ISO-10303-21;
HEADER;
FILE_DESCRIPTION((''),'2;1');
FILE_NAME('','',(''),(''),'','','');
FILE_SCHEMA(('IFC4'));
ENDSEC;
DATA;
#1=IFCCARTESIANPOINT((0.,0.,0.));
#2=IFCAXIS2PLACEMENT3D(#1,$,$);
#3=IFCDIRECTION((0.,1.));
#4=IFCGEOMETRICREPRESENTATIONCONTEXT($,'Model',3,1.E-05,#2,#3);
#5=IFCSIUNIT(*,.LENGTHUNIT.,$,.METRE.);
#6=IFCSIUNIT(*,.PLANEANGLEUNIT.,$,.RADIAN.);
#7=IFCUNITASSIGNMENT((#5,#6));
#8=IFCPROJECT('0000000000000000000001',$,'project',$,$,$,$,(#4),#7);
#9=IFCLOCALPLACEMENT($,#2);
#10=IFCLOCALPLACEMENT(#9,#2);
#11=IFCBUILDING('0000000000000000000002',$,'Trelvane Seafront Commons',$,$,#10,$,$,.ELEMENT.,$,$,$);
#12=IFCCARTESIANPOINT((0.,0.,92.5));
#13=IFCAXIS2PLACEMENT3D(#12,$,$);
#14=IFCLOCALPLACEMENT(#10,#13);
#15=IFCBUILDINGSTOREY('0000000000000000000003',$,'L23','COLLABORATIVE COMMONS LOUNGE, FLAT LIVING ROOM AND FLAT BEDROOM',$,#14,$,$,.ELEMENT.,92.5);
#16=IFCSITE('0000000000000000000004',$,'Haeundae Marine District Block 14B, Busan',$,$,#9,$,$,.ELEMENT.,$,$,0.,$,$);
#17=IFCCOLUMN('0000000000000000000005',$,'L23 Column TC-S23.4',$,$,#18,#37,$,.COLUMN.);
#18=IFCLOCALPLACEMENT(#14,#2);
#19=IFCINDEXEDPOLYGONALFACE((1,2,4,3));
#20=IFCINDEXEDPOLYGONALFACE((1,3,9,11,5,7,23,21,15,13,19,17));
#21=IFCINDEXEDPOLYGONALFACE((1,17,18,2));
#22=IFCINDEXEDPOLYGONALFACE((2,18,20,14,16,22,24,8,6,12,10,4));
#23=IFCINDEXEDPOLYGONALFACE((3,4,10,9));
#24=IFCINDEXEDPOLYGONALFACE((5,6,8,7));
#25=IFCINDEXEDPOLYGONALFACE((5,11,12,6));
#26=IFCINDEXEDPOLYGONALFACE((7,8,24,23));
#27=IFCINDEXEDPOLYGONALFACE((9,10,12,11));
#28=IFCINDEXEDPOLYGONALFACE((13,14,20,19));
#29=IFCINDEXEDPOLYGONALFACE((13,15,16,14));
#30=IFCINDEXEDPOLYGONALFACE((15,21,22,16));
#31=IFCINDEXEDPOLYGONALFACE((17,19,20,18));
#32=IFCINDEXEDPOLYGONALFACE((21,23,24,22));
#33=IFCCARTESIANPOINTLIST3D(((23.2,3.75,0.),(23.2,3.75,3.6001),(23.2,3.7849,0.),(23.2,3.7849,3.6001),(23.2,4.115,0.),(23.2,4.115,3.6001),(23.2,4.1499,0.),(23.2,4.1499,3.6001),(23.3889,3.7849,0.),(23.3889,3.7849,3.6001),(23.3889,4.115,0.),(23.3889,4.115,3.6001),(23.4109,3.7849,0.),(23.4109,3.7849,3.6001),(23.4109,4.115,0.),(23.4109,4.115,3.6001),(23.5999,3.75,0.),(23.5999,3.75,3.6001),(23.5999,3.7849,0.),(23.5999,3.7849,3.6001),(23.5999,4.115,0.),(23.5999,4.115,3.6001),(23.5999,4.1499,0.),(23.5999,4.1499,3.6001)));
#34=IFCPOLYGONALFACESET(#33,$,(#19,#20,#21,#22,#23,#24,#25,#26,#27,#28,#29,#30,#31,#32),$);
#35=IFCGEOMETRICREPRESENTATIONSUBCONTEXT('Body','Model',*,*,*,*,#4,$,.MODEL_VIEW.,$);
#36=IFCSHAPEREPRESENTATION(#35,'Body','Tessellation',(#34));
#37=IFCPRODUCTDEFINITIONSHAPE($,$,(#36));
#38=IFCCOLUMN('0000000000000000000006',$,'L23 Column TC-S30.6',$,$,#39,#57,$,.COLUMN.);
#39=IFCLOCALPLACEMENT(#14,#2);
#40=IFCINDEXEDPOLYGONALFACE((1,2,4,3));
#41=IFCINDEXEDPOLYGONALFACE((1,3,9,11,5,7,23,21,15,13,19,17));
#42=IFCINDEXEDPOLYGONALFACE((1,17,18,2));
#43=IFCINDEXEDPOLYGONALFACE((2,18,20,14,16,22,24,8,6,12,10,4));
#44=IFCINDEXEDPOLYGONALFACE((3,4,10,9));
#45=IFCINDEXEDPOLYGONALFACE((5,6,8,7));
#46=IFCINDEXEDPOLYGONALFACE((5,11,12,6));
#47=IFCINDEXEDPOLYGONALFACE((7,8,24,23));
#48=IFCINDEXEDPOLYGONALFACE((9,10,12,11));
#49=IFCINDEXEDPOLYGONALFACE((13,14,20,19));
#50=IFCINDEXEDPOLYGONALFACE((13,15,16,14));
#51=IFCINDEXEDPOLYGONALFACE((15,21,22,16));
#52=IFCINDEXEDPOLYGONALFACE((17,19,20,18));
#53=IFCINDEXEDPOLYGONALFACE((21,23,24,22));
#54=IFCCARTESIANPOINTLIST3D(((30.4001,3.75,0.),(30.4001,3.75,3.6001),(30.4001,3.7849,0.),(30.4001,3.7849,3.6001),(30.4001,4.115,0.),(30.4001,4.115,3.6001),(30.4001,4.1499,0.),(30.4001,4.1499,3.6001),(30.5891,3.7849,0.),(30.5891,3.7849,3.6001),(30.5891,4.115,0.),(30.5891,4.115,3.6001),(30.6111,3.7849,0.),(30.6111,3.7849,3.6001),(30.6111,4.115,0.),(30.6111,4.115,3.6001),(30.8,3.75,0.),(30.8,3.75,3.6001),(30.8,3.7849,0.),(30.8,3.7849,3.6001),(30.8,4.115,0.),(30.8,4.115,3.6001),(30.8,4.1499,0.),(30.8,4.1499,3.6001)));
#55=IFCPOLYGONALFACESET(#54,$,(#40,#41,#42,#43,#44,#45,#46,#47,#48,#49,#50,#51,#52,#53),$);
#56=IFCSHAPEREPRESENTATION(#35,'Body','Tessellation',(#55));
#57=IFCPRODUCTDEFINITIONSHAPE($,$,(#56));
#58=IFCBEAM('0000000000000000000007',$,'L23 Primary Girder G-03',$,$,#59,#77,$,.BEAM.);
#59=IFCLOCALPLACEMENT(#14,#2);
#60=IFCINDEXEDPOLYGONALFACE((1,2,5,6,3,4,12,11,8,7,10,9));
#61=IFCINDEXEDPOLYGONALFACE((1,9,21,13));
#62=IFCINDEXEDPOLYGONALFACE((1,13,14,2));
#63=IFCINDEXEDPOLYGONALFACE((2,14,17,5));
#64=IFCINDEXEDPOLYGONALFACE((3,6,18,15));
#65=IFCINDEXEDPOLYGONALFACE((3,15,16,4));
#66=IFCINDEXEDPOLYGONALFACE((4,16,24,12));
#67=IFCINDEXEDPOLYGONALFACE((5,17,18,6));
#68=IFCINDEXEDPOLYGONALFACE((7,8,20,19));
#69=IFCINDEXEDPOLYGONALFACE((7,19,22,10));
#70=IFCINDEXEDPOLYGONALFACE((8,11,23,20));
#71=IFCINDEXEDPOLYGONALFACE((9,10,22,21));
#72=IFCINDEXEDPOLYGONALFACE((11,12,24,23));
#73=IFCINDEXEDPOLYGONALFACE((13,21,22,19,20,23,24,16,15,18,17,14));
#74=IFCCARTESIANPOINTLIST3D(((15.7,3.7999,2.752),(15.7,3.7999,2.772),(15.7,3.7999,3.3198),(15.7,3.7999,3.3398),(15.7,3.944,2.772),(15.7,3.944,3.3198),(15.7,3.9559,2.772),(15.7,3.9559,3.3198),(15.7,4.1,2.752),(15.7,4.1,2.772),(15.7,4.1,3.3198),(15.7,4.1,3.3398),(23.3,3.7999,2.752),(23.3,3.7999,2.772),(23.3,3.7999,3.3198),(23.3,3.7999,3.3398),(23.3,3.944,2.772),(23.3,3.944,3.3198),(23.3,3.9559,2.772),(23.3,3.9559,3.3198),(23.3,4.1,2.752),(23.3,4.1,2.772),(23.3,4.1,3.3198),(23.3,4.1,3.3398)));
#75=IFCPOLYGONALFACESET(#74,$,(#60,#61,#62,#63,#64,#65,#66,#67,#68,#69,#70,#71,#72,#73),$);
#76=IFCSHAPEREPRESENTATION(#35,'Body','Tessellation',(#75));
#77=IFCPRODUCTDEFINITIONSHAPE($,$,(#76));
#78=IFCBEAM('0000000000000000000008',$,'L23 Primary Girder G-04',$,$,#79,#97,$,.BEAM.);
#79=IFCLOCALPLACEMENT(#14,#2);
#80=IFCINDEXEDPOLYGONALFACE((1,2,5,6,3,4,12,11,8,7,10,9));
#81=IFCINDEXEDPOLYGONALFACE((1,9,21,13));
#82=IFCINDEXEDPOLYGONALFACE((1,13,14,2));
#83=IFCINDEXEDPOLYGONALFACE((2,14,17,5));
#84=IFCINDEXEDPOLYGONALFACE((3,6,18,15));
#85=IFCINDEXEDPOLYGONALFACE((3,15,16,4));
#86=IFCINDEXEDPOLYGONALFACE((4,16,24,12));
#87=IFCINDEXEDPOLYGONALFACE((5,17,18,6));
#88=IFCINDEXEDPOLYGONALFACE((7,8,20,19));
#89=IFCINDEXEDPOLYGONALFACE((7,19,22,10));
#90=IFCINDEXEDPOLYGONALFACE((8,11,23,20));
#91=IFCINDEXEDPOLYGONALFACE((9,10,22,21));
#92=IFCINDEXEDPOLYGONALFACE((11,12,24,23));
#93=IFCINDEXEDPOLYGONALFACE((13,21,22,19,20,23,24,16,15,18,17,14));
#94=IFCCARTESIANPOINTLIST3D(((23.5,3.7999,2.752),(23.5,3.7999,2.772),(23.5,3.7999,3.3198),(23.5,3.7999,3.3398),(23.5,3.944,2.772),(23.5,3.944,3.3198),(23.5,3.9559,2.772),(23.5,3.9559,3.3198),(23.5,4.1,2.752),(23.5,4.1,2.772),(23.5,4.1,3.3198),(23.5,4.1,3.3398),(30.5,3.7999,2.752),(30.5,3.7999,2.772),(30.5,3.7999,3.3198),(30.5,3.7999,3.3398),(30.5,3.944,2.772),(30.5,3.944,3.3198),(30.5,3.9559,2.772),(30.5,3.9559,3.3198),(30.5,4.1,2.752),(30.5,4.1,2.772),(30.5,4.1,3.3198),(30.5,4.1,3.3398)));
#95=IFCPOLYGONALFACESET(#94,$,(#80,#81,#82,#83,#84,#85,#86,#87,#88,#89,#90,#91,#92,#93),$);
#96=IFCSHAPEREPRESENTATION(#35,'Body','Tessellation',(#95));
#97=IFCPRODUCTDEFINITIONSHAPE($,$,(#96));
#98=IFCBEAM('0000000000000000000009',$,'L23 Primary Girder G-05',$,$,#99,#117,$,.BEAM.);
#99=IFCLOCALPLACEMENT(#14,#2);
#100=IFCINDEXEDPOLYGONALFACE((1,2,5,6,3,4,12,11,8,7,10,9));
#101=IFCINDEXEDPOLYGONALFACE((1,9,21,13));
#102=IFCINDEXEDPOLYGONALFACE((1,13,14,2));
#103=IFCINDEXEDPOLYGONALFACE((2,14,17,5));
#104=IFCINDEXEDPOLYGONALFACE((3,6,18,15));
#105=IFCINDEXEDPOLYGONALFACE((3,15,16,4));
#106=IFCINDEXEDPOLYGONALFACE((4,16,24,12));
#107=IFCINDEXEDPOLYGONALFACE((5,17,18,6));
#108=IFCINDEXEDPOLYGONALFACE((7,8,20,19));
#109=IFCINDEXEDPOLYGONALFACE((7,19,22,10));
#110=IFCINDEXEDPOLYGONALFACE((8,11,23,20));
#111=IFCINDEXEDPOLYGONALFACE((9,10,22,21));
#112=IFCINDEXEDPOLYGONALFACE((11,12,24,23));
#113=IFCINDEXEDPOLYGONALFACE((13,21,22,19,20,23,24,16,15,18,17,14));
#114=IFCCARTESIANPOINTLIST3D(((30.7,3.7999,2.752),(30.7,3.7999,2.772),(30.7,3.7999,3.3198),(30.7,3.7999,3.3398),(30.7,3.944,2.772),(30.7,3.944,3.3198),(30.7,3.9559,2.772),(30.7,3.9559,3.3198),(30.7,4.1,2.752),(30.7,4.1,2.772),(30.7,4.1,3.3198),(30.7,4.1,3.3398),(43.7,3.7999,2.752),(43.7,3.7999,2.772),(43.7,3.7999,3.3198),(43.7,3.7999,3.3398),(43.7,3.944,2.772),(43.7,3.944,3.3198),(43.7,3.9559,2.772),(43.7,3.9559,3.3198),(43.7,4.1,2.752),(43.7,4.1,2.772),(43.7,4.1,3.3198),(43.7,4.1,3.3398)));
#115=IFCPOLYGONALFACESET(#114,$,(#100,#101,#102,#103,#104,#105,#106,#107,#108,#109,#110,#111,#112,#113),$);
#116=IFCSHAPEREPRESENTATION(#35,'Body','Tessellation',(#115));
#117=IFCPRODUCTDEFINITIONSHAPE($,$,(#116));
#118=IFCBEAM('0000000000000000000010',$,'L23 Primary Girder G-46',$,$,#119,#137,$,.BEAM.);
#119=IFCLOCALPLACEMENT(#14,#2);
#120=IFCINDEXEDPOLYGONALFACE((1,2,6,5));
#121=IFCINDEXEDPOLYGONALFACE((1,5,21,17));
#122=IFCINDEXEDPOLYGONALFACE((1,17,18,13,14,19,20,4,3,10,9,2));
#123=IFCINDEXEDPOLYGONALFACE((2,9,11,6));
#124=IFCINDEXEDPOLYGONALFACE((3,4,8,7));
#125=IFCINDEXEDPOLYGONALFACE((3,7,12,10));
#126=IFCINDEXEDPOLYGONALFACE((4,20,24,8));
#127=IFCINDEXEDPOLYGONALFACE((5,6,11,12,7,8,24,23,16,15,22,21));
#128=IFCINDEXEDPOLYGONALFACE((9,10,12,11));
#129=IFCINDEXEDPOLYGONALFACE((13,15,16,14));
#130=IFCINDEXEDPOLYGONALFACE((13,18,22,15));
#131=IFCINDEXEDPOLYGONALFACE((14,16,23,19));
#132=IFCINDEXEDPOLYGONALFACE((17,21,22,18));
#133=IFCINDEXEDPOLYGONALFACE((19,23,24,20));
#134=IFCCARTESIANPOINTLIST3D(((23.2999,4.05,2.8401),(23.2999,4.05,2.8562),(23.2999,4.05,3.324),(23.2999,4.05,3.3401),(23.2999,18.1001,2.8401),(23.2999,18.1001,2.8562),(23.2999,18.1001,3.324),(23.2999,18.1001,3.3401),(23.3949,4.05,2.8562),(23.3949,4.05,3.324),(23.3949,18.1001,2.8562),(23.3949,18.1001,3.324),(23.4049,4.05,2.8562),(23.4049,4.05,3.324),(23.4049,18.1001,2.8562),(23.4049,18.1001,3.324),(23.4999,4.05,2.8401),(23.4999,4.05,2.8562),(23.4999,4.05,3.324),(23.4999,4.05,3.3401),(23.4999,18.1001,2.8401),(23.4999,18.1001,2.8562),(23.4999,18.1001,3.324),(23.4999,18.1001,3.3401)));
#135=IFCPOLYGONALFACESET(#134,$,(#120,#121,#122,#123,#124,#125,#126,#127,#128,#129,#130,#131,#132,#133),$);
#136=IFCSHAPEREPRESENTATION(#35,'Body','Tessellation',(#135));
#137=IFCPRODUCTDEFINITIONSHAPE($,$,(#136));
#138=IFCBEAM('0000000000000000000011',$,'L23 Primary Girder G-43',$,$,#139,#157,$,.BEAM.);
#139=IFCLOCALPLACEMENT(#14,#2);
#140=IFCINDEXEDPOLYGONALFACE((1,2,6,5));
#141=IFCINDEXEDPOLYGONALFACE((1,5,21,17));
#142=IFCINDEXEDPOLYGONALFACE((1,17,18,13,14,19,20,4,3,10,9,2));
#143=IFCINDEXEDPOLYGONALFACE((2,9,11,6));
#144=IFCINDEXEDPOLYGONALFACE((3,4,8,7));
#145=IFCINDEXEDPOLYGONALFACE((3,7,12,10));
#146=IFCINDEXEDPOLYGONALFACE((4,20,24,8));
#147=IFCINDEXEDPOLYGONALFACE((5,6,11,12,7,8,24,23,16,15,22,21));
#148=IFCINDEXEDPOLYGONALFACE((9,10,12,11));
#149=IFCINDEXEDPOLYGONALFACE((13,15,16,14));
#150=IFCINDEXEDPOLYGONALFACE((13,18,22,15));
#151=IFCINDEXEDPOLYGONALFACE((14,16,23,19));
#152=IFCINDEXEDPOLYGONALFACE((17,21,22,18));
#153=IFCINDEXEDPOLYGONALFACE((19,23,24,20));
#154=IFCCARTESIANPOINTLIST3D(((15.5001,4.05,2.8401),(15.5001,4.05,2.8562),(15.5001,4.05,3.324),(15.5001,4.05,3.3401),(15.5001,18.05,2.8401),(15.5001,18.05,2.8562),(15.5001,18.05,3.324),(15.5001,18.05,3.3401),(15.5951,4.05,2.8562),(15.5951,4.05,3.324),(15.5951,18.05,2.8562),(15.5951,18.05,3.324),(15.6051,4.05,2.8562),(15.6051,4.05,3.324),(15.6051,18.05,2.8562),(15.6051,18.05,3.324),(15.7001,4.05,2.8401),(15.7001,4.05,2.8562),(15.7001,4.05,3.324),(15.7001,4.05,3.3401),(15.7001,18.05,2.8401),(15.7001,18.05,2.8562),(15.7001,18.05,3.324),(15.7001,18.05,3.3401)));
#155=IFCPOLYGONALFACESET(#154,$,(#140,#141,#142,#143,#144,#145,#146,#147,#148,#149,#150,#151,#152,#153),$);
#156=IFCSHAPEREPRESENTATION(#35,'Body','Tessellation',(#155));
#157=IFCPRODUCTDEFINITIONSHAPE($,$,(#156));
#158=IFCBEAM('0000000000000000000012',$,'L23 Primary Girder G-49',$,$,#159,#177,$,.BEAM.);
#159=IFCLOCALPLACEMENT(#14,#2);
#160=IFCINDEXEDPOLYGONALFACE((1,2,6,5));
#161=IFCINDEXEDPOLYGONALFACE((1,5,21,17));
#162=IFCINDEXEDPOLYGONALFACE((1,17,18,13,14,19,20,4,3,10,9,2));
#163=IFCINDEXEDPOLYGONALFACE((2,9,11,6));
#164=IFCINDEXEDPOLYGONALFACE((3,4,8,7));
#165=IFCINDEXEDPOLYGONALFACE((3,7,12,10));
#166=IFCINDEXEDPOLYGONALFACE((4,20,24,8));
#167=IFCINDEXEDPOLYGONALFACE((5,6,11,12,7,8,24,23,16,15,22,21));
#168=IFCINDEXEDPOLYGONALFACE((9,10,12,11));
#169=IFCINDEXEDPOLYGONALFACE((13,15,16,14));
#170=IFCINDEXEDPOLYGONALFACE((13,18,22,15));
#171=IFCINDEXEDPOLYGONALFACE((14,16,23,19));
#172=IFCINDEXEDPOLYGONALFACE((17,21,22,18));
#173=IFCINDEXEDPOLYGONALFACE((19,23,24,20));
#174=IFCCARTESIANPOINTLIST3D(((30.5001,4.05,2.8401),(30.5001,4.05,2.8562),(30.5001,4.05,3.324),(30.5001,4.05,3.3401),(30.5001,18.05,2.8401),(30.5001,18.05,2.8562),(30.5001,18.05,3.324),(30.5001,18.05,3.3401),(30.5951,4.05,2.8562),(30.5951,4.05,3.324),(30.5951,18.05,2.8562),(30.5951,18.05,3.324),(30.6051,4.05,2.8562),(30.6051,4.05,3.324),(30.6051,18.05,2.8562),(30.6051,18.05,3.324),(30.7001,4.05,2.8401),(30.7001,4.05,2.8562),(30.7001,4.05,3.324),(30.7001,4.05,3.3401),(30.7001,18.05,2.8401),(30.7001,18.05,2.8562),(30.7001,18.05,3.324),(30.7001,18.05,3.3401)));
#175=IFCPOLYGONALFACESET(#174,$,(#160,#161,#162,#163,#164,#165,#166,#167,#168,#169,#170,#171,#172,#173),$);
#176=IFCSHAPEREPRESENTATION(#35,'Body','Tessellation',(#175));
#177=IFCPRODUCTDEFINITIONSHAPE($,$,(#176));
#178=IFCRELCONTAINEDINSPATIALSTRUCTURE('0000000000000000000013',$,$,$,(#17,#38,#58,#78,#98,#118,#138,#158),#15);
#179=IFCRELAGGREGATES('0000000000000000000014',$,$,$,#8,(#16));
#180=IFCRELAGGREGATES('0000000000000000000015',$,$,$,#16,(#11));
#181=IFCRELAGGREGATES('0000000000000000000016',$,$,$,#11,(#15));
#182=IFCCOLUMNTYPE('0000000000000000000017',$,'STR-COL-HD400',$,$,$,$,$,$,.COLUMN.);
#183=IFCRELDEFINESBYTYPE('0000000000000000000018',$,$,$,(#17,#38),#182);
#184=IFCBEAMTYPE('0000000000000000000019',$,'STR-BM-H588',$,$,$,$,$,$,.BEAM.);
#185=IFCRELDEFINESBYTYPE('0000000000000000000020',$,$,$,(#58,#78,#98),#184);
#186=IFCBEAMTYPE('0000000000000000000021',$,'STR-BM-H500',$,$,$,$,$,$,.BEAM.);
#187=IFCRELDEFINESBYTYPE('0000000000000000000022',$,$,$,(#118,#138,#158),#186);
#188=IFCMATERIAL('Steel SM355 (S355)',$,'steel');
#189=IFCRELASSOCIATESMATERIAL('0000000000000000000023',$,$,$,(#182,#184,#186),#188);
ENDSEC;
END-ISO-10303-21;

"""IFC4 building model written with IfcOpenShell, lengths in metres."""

from ifc_helpers import new_model, si_unit, direction, frame, origin, origin_2d, place, context, subcontext, project, spatial, i_section, extrude, source, transform, mapped, material, material_profile, profile_set, type_object, element, save


model = new_model("IFC4")

# Units and contexts
model_context = context("Model", 3, precision=1e-05, world=origin(), true_north=direction((0.0, 1.0)))
body_context = subcontext(model_context, "Body", "Model", "MODEL_VIEW")
ifc_project = project(units=[si_unit("LENGTHUNIT", "METRE"), si_unit("PLANEANGLEUNIT", "RADIAN")], contexts=[model_context])

# Site, building, storey
site_placement = place(None, origin())
site = spatial("IfcSite", under=ifc_project, at=site_placement, Name="Haeundae Marine District Block 14B, Busan", CompositionType="ELEMENT", RefElevation=0.0)
building_placement = place(site_placement, origin())
building = spatial("IfcBuilding", under=site, at=building_placement, Name="Trelvane Seafront Commons", CompositionType="ELEMENT")
storey_placement = place(building_placement, frame((0.0, 0.0, 92.5)))
storey = spatial("IfcBuildingStorey", under=building, at=storey_placement, Name="L23", Description="COLLABORATIVE COMMONS LOUNGE, FLAT LIVING ROOM AND FLAT BEDROOM", CompositionType="ELEMENT", Elevation=92.5)

# Columns
ifc_material_1 = material(Name="Steel SM355 (S355)", Category="steel")
ifc_material_profile_1 = material_profile(ifc_material_1, i_section(OverallWidth=0.3999, OverallDepth=0.3999, WebThickness=0.022, FlangeThickness=0.0349, at=origin_2d()), Name="HD-400x400x22x35")
ifc_profile_set_1 = profile_set([ifc_material_profile_1], Name="Steel SM355 (S355)")
column_type = type_object("IfcColumnType", Name="STR-COL-HD400", PredefinedType="COLUMN", material=ifc_profile_set_1)
shared_shape_1 = source(origin(), body_context, "Body", "SweptSolid", [
    extrude(i_section(OverallWidth=0.3999, OverallDepth=0.3999, WebThickness=0.022, FlangeThickness=0.0349, at=origin_2d()), origin(), (0.0, 0.0, 1.0), 3.6001),
])
for number, where, z_axis, x_axis, name in (
    (1, (23.3999, 3.95, 0.0), (0.0, 0.0, 1.0), (1.0, 0.0, 0.0), "L23 Column TC-S23.4"),
    (2, (30.6001, 3.95, 0.0), (0.0, 0.0, 1.0), (1.0, 0.0, 0.0), "L23 Column TC-S30.6"),
):
    element("IfcColumn", number, at=place(storey_placement, frame(where, z_axis=z_axis, x_axis=x_axis)), inside=storey, type_object=column_type, Name=name, PredefinedType="COLUMN", context=body_context, shape_type="MappedRepresentation", body=[
        mapped(shared_shape_1, transform((0.0, 0.0, 0.0), x_axis=(1.0, 0.0, 0.0), y_axis=(0.0, 1.0, 0.0), z_axis=(0.0, 0.0, 1.0), scale=1.0)),
    ])

# Beams
ifc_material_profile_2 = material_profile(ifc_material_1, i_section(OverallWidth=0.3, OverallDepth=0.5879, WebThickness=0.012, FlangeThickness=0.02, at=origin_2d()), Name="H-588x300x12x20")
ifc_profile_set_2 = profile_set([ifc_material_profile_2], Name="Steel SM355 (S355)")
beam_type_1 = type_object("IfcBeamType", Name="STR-BM-H588", PredefinedType="BEAM", material=ifc_profile_set_2)
shared_shape_2 = source(origin(), body_context, "Body", "SweptSolid", [
    extrude(i_section(OverallWidth=0.3, OverallDepth=0.5879, WebThickness=0.012, FlangeThickness=0.02, at=origin_2d()), origin(), (0.0, 0.0, 1.0), 7.6001),
])
beam_1_placement = place(storey_placement, frame((15.7, 3.95, 3.0459), z_axis=(1.0, 0.0, 0.0), x_axis=(0.0, 1.0, 0.0)))
element("IfcBeam", 3, at=beam_1_placement, inside=storey, type_object=beam_type_1, Name="L23 Primary Girder G-03", PredefinedType="BEAM", context=body_context, shape_type="MappedRepresentation", body=[
    mapped(shared_shape_2, transform((0.0, 0.0, 0.0), x_axis=(1.0, 0.0, 0.0), y_axis=(0.0, 1.0, 0.0), z_axis=(0.0, 0.0, 1.0), scale=1.0)),
])
shared_shape_3 = source(origin(), body_context, "Body", "SweptSolid", [
    extrude(i_section(OverallWidth=0.3, OverallDepth=0.5879, WebThickness=0.012, FlangeThickness=0.02, at=origin_2d()), origin(), (0.0, 0.0, 1.0), 7.0),
])
beam_2_placement = place(storey_placement, frame((23.5, 3.95, 3.0459), z_axis=(1.0, 0.0, 0.0), x_axis=(0.0, 1.0, 0.0)))
element("IfcBeam", 4, at=beam_2_placement, inside=storey, type_object=beam_type_1, Name="L23 Primary Girder G-04", PredefinedType="BEAM", context=body_context, shape_type="MappedRepresentation", body=[
    mapped(shared_shape_3, transform((0.0, 0.0, 0.0), x_axis=(1.0, 0.0, 0.0), y_axis=(0.0, 1.0, 0.0), z_axis=(0.0, 0.0, 1.0), scale=1.0)),
])
shared_shape_4 = source(origin(), body_context, "Body", "SweptSolid", [
    extrude(i_section(OverallWidth=0.3, OverallDepth=0.5879, WebThickness=0.012, FlangeThickness=0.02, at=origin_2d()), origin(), (0.0, 0.0, 1.0), 13.0),
])
beam_3_placement = place(storey_placement, frame((30.7, 3.95, 3.0459), z_axis=(1.0, 0.0, 0.0), x_axis=(0.0, 1.0, 0.0)))
element("IfcBeam", 5, at=beam_3_placement, inside=storey, type_object=beam_type_1, Name="L23 Primary Girder G-05", PredefinedType="BEAM", context=body_context, shape_type="MappedRepresentation", body=[
    mapped(shared_shape_4, transform((0.0, 0.0, 0.0), x_axis=(1.0, 0.0, 0.0), y_axis=(0.0, 1.0, 0.0), z_axis=(0.0, 0.0, 1.0), scale=1.0)),
])
ifc_material_profile_3 = material_profile(ifc_material_1, i_section(OverallWidth=0.2, OverallDepth=0.5, WebThickness=0.01, FlangeThickness=0.0161, at=origin_2d()), Name="H-500x200x10x16")
ifc_profile_set_3 = profile_set([ifc_material_profile_3], Name="Steel SM355 (S355)")
beam_type_2 = type_object("IfcBeamType", Name="STR-BM-H500", PredefinedType="BEAM", material=ifc_profile_set_3)
shared_shape_5 = source(origin(), body_context, "Body", "SweptSolid", [
    extrude(i_section(OverallWidth=0.2, OverallDepth=0.5, WebThickness=0.01, FlangeThickness=0.0161, at=origin_2d()), origin(), (0.0, 0.0, 1.0), 14.05),
])
beam_4_placement = place(storey_placement, frame((23.3999, 4.05, 3.0901), z_axis=(0.0, 1.0, 0.0), x_axis=(-1.0, 0.0, 0.0)))
element("IfcBeam", 6, at=beam_4_placement, inside=storey, type_object=beam_type_2, Name="L23 Primary Girder G-46", PredefinedType="BEAM", context=body_context, shape_type="MappedRepresentation", body=[
    mapped(shared_shape_5, transform((0.0, 0.0, 0.0), x_axis=(1.0, 0.0, 0.0), y_axis=(0.0, 1.0, 0.0), z_axis=(0.0, 0.0, 1.0), scale=1.0)),
])
shared_shape_6 = source(origin(), body_context, "Body", "SweptSolid", [
    extrude(i_section(OverallWidth=0.2, OverallDepth=0.5, WebThickness=0.01, FlangeThickness=0.0161, at=origin_2d()), origin(), (0.0, 0.0, 1.0), 14.0),
])
for number, where, z_axis, x_axis, name in (
    (7, (15.6001, 4.05, 3.0901), (0.0, 1.0, 0.0), (-1.0, 0.0, 0.0), "L23 Primary Girder G-43"),
    (8, (30.6001, 4.05, 3.0901), (0.0, 1.0, 0.0), (-1.0, 0.0, 0.0), "L23 Primary Girder G-49"),
):
    element("IfcBeam", number, at=place(storey_placement, frame(where, z_axis=z_axis, x_axis=x_axis)), inside=storey, type_object=beam_type_2, Name=name, PredefinedType="BEAM", context=body_context, shape_type="MappedRepresentation", body=[
        mapped(shared_shape_6, transform((0.0, 0.0, 0.0), x_axis=(1.0, 0.0, 0.0), y_axis=(0.0, 1.0, 0.0), z_axis=(0.0, 0.0, 1.0), scale=1.0)),
    ])

save(model, "model.ifc")
